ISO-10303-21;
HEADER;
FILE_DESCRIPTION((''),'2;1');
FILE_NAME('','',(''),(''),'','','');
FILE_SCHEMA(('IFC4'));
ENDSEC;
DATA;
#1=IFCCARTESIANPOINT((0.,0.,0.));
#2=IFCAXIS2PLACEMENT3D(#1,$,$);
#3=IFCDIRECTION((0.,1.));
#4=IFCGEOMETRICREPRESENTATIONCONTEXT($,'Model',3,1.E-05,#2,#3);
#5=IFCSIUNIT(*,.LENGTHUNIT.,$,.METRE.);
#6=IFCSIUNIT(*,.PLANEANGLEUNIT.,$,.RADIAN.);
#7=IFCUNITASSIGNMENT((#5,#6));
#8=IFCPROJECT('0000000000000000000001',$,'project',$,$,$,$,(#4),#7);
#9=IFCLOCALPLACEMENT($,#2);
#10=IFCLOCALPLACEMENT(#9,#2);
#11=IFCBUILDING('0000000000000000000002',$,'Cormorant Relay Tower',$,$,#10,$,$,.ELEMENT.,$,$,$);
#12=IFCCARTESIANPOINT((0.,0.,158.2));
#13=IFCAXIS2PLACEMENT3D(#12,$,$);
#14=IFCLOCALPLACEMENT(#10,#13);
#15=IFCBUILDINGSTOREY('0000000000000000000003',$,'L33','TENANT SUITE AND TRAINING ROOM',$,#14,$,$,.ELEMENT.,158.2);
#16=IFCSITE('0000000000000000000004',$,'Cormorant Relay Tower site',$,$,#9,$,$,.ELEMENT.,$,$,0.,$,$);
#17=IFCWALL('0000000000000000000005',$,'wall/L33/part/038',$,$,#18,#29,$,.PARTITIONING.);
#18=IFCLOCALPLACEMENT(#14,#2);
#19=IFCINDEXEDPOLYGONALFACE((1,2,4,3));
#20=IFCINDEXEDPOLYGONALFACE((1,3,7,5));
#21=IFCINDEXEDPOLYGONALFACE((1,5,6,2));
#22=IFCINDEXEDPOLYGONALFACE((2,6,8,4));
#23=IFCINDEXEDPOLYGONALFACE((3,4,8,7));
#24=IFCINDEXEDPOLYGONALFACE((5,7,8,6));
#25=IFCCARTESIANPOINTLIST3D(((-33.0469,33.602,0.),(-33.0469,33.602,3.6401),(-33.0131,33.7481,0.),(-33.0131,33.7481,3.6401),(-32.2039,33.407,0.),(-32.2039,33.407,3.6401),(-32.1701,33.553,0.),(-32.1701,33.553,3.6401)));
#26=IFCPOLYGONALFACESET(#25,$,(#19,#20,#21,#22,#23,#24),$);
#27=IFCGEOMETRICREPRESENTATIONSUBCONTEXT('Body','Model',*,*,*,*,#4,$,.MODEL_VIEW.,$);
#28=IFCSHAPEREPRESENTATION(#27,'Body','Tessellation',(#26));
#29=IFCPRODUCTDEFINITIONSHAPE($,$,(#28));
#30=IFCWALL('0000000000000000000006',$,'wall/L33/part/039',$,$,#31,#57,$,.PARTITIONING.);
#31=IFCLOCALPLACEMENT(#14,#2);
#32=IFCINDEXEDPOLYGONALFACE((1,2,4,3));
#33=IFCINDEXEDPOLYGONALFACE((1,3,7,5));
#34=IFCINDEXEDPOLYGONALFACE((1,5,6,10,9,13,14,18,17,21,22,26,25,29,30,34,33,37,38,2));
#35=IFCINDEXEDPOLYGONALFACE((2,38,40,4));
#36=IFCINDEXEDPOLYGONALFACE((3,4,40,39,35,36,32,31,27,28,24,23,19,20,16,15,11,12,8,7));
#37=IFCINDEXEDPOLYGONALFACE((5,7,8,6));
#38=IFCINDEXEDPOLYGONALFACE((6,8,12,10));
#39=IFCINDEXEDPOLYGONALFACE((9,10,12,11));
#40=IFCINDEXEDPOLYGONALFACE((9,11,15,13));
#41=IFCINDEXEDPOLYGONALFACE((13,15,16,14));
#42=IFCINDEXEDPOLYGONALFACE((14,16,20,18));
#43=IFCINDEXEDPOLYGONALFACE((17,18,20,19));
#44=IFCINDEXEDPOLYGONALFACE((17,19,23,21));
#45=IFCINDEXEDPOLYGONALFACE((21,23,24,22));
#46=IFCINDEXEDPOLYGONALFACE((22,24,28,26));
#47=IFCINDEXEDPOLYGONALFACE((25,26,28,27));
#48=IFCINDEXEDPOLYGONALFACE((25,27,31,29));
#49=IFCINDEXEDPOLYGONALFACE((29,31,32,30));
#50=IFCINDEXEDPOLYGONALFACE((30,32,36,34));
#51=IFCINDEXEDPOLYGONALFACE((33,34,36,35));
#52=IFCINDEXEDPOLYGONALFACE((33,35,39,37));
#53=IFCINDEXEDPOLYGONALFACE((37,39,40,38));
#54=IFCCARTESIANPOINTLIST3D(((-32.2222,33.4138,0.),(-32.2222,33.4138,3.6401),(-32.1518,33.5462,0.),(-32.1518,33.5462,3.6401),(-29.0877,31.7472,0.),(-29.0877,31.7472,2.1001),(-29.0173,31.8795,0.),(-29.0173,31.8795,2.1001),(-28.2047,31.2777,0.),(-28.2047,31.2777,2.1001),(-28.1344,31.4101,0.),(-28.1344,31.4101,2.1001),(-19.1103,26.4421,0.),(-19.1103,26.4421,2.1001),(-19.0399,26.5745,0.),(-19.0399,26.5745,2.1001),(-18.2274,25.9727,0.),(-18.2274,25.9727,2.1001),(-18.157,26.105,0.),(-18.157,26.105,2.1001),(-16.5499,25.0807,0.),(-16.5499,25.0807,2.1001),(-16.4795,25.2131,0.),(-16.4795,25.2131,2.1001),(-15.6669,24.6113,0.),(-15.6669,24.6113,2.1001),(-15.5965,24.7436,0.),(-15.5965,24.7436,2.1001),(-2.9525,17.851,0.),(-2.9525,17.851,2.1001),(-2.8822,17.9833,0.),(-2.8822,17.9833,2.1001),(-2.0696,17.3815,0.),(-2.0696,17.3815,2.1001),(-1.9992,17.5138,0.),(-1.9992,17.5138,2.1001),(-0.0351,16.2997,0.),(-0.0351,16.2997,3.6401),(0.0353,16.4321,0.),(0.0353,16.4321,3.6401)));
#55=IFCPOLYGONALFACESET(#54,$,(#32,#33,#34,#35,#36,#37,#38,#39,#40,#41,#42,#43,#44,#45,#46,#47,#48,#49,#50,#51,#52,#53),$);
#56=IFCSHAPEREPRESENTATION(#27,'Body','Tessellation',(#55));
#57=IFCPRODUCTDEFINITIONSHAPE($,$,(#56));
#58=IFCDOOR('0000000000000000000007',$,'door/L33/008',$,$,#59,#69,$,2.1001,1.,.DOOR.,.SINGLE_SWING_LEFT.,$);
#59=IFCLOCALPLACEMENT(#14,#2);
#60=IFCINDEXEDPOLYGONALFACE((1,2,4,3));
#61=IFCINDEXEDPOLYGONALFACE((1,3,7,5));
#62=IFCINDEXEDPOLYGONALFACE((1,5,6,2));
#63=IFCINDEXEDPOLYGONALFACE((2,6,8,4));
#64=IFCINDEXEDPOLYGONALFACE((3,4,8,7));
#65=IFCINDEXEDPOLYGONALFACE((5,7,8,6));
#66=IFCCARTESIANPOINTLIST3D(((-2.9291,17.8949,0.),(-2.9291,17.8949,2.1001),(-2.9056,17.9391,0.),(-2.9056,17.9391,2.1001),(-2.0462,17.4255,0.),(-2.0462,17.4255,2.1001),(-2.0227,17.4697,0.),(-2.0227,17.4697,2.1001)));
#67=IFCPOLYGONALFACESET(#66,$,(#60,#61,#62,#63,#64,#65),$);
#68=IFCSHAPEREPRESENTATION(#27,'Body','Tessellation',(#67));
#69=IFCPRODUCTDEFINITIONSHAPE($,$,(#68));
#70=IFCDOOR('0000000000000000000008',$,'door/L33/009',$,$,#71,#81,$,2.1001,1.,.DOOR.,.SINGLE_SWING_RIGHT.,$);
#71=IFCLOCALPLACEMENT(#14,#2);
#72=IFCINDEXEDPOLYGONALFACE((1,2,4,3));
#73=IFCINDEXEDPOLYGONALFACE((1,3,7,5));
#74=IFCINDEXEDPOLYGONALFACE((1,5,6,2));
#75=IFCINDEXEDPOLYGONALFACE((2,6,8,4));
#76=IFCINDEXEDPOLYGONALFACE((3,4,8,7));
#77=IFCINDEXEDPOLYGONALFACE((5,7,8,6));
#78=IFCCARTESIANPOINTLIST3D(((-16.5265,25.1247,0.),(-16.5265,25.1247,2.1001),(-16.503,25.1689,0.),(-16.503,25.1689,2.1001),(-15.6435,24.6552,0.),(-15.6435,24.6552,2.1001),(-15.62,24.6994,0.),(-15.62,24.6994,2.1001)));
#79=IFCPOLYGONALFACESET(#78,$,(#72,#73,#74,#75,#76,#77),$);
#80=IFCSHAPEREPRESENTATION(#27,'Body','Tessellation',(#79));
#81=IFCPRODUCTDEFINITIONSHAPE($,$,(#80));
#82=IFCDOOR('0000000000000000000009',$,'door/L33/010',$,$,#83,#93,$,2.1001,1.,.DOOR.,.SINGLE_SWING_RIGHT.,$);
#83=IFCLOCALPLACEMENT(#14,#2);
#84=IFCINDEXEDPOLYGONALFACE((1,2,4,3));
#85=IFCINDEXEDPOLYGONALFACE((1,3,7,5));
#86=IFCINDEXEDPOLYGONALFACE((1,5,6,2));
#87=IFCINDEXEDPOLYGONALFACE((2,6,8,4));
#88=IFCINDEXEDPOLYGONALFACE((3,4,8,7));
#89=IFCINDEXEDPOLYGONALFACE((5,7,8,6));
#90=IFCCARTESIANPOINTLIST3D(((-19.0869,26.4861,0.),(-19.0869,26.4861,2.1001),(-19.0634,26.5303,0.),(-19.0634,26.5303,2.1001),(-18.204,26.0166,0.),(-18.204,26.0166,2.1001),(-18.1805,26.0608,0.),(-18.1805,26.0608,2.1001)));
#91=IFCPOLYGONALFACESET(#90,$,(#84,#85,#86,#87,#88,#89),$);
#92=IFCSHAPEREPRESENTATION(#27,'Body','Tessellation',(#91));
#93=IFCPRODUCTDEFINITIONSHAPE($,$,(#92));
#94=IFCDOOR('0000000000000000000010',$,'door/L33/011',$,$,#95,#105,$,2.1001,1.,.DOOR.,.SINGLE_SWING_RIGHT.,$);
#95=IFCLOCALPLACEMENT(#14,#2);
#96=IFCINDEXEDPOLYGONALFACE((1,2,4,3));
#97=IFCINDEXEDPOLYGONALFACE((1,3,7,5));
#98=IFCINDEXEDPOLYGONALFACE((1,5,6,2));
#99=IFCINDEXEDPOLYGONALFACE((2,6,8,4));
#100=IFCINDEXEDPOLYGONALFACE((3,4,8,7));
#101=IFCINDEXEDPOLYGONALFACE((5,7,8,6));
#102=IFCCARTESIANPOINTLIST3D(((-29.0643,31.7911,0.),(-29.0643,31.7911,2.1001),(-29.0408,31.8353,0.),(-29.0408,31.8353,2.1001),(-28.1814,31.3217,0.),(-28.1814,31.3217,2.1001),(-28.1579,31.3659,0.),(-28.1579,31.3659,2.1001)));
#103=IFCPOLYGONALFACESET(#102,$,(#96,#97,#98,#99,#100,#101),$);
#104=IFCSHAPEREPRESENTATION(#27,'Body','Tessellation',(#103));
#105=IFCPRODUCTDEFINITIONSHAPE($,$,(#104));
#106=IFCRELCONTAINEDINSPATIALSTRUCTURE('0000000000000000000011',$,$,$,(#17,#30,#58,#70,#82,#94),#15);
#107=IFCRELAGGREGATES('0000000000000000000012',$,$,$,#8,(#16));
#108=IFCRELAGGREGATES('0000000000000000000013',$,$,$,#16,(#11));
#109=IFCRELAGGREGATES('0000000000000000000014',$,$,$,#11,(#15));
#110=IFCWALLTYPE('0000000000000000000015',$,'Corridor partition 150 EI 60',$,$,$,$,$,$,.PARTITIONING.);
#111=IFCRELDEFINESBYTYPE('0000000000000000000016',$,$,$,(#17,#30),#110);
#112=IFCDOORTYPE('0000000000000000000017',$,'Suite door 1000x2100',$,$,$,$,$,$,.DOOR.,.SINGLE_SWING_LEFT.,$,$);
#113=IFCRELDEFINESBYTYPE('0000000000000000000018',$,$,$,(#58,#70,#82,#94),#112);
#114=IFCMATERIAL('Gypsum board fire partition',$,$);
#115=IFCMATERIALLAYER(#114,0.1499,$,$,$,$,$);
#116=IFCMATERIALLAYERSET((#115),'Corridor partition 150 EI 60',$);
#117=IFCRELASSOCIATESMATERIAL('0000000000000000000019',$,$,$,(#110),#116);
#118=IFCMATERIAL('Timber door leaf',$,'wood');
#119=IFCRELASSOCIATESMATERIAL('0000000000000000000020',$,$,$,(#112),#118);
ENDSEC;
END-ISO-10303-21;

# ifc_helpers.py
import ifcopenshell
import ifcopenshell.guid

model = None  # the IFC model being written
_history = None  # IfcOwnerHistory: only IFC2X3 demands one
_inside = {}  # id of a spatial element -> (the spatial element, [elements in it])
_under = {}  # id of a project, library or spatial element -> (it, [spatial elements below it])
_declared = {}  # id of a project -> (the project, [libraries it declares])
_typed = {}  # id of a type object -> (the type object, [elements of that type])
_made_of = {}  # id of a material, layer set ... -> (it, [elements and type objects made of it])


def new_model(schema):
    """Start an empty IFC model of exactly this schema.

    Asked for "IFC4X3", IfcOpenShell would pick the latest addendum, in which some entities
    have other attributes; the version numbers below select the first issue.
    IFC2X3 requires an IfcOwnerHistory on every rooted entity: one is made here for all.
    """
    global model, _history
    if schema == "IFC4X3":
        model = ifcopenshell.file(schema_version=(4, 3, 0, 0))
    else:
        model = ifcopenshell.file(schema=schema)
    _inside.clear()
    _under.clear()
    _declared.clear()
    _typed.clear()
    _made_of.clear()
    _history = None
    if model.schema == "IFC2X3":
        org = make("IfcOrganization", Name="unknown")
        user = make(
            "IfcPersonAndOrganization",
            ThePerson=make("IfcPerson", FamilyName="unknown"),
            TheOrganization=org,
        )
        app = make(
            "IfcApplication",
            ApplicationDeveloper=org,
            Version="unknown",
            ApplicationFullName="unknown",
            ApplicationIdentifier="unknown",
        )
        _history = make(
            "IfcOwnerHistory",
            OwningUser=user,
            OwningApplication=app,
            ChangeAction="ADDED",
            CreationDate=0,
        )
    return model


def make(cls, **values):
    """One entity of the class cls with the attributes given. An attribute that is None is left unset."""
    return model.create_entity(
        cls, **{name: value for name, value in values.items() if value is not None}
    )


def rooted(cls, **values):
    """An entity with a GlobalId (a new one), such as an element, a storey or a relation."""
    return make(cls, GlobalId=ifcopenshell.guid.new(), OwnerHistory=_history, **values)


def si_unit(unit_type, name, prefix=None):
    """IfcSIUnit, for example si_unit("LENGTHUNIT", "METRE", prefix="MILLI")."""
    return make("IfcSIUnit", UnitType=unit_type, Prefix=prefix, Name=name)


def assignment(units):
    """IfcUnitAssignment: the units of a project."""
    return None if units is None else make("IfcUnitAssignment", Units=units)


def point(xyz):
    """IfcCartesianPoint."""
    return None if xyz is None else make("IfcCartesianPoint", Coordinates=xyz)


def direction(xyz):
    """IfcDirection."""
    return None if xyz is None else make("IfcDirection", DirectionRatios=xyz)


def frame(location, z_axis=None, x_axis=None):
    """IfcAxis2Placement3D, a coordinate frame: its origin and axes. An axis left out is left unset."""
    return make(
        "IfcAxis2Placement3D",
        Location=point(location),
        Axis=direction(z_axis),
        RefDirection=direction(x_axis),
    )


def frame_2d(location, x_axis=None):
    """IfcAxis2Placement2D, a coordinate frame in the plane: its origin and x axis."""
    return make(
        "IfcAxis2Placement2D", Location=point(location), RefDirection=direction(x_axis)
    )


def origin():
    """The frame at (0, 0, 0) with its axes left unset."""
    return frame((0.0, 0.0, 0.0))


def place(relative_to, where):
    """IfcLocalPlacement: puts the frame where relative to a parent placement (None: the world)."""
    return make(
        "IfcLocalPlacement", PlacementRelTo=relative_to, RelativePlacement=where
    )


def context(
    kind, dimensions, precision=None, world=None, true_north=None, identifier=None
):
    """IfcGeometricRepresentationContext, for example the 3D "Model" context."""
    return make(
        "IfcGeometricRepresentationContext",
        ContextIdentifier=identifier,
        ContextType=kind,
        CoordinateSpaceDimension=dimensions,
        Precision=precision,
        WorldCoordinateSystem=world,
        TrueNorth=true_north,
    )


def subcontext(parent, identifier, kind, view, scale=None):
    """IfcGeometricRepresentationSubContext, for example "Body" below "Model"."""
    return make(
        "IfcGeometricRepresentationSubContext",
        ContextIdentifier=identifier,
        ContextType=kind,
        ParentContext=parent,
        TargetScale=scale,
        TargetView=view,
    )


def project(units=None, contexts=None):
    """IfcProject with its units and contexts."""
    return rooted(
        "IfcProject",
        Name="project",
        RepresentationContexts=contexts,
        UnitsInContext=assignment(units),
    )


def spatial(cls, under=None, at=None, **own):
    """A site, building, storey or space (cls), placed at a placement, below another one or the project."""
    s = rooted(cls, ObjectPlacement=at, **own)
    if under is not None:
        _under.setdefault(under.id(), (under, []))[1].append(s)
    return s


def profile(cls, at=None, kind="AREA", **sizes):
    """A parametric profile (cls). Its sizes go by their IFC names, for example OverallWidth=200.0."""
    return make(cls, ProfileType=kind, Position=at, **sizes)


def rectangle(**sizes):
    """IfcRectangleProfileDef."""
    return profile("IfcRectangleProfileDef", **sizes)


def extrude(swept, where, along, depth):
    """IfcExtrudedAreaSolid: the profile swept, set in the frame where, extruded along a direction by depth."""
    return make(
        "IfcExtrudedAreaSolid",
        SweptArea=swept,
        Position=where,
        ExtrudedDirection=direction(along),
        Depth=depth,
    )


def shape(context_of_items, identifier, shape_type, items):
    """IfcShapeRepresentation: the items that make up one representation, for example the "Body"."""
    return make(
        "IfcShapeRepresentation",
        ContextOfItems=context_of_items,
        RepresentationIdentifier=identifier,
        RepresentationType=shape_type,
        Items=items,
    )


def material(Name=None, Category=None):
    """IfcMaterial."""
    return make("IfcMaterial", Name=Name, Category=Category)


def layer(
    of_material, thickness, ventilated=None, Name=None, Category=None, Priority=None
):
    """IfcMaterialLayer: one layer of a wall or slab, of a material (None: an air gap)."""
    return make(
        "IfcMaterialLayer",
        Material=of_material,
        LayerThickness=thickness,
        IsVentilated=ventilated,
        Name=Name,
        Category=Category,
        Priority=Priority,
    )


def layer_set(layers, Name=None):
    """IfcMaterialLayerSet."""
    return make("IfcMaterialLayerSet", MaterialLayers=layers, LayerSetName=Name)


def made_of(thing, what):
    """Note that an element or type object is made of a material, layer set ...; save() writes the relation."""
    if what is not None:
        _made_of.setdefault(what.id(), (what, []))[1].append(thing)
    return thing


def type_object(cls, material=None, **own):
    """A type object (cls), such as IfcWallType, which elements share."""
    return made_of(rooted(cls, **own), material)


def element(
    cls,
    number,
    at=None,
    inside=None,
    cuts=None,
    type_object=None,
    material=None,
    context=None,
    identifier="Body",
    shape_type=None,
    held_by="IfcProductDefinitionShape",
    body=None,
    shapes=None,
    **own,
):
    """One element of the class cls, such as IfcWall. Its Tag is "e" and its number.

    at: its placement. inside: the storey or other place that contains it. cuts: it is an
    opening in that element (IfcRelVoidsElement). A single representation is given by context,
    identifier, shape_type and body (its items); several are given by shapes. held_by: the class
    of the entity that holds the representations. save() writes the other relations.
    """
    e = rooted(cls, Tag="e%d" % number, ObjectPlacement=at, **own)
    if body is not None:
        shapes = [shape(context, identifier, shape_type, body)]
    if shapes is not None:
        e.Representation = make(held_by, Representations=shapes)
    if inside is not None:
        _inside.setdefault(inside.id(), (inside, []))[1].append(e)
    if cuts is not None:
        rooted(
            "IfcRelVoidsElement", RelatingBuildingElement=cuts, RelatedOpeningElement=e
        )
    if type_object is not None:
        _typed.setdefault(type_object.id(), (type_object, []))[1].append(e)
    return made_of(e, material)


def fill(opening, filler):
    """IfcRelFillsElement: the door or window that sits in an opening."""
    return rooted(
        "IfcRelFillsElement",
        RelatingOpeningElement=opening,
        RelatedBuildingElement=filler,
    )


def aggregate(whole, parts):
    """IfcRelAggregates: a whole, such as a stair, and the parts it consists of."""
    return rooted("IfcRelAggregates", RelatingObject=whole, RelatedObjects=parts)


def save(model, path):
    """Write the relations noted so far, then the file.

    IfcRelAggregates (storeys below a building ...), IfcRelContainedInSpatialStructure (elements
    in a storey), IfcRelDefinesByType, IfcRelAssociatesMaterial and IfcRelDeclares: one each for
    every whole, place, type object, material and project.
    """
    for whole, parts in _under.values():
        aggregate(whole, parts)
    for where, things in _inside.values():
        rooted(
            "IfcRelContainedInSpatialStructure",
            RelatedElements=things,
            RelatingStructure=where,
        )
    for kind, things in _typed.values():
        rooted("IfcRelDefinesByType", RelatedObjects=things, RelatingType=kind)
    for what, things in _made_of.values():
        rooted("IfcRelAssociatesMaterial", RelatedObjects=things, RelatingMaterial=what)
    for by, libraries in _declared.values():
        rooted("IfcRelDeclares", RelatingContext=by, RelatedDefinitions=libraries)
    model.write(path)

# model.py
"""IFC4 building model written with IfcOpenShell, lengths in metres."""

from ifc_helpers import new_model, si_unit, direction, frame, frame_2d, origin, place, context, subcontext, project, spatial, rectangle, extrude, material, layer, layer_set, type_object, element, fill, save


model = new_model("IFC4")

# Units and contexts
model_context = context("Model", 3, precision=1e-05, world=origin(), true_north=direction((0.0, 1.0)))
body_context = subcontext(model_context, "Body", "Model", "MODEL_VIEW")
ifc_project = project(units=[si_unit("LENGTHUNIT", "METRE"), si_unit("PLANEANGLEUNIT", "RADIAN")], contexts=[model_context])

# Site, building, storey
site_placement = place(None, origin())
site = spatial("IfcSite", under=ifc_project, at=site_placement, Name="Cormorant Relay Tower site", CompositionType="ELEMENT", RefElevation=0.0)
building_placement = place(site_placement, origin())
building = spatial("IfcBuilding", under=site, at=building_placement, Name="Cormorant Relay Tower", CompositionType="ELEMENT")
storey_placement = place(building_placement, frame((0.0, 0.0, 158.2)))
storey = spatial("IfcBuildingStorey", under=building, at=storey_placement, Name="L33", Description="TENANT SUITE AND TRAINING ROOM", CompositionType="ELEMENT", Elevation=158.2)

# Shared definitions
ifc_material_1 = material(Name="Gypsum board fire partition")
ifc_layer_1 = layer(ifc_material_1, 0.1499)
ifc_layer_set_1 = layer_set([ifc_layer_1], Name="Corridor partition 150 EI 60")
wall_type_1 = type_object("IfcWallType", Name="Corridor partition 150 EI 60", PredefinedType="PARTITIONING", material=ifc_layer_set_1)

# Shared definitions
ifc_material_2 = material(Name="Timber door leaf", Category="wood")
door_type_1 = type_object("IfcDoorType", Name="Suite door 1000x2100", OperationType="SINGLE_SWING_LEFT", PredefinedType="DOOR", material=ifc_material_2)

# Wall
wall_1_placement = place(storey_placement, frame((-32.187, 33.48, 0.0), z_axis=(0.0, 0.0, 1.0), x_axis=(-0.974258, 0.225436, 0.0)))
element("IfcWall", 1, at=wall_1_placement, inside=storey, type_object=wall_type_1, Name="wall/L33/part/038", PredefinedType="PARTITIONING", context=body_context, shape_type="SweptSolid", body=[
    extrude(rectangle(XDim=0.8652, YDim=0.1499, at=frame_2d((0.4326, 0.0))), origin(), (0.0, 0.0, 1.0), 3.6401),
])

# Wall, openings, doors
wall_2_placement = place(storey_placement, frame((-32.187, 33.48, 0.0), z_axis=(0.0, 0.0, 1.0), x_axis=(0.882949, -0.469469, 0.0)))
wall_2 = element("IfcWall", 2, at=wall_2_placement, inside=storey, type_object=wall_type_1, Name="wall/L33/part/039", PredefinedType="PARTITIONING", context=body_context, shape_type="SweptSolid", body=[
    extrude(rectangle(XDim=36.4541, YDim=0.1499, at=frame_2d((18.2271, 0.0))), origin(), (0.0, 0.0, 1.0), 3.6401),
])
opening_1_placement = place(wall_2_placement, frame((33.1499, 0.0, 0.0)))
opening_1 = element("IfcOpeningElement", 3, at=opening_1_placement, cuts=wall_2, PredefinedType="OPENING", context=body_context, shape_type="SweptSolid", body=[
    extrude(rectangle(XDim=1.0, YDim=2.1001, at=frame_2d((0.5, 1.05))), frame((0.0, 0.085, 0.0), z_axis=(0.0, -1.0, 0.0), x_axis=(1.0, 0.0, 0.0)), (0.0, 0.0, 1.0), 0.1699),
])
opening_2_placement = place(wall_2_placement, frame((17.75, 0.0, 0.0)))
opening_2 = element("IfcOpeningElement", 4, at=opening_2_placement, cuts=wall_2, PredefinedType="OPENING", context=body_context, shape_type="SweptSolid", body=[
    extrude(rectangle(XDim=1.0, YDim=2.1001, at=frame_2d((0.5, 1.05))), frame((0.0, 0.085, 0.0), z_axis=(0.0, -1.0, 0.0), x_axis=(1.0, 0.0, 0.0)), (0.0, 0.0, 1.0), 0.1699),
])
opening_3_placement = place(wall_2_placement, frame((14.8501, 0.0, 0.0)))
opening_3 = element("IfcOpeningElement", 5, at=opening_3_placement, cuts=wall_2, PredefinedType="OPENING", context=body_context, shape_type="SweptSolid", body=[
    extrude(rectangle(XDim=1.0, YDim=2.1001, at=frame_2d((0.5, 1.05))), frame((0.0, 0.085, 0.0), z_axis=(0.0, -1.0, 0.0), x_axis=(1.0, 0.0, 0.0)), (0.0, 0.0, 1.0), 0.1699),
])
opening_4_placement = place(wall_2_placement, frame((3.55, 0.0, 0.0)))
opening_4 = element("IfcOpeningElement", 6, at=opening_4_placement, cuts=wall_2, PredefinedType="OPENING", context=body_context, shape_type="SweptSolid", body=[
    extrude(rectangle(XDim=1.0, YDim=2.1001, at=frame_2d((0.5, 1.05))), frame((0.0, 0.085, 0.0), z_axis=(0.0, -1.0, 0.0), x_axis=(1.0, 0.0, 0.0)), (0.0, 0.0, 1.0), 0.1699),
])
door_1_placement = place(opening_1_placement, origin())
door_1 = element("IfcDoor", 7, at=door_1_placement, inside=storey, type_object=door_type_1, Name="door/L33/008", OperationType="SINGLE_SWING_LEFT", OverallHeight=2.1001, OverallWidth=1.0, PredefinedType="DOOR", context=body_context, shape_type="SweptSolid", body=[
    extrude(rectangle(XDim=1.0, YDim=2.1001, at=frame_2d((0.5, 1.05))), frame((0.0, 0.0249, 0.0), z_axis=(0.0, -1.0, 0.0), x_axis=(1.0, 0.0, 0.0)), (0.0, 0.0, 1.0), 0.05),
])
fill(opening_1, door_1)
door_2_placement = place(opening_2_placement, origin())
door_2 = element("IfcDoor", 8, at=door_2_placement, inside=storey, type_object=door_type_1, Name="door/L33/009", OperationType="SINGLE_SWING_RIGHT", OverallHeight=2.1001, OverallWidth=1.0, PredefinedType="DOOR", context=body_context, shape_type="SweptSolid", body=[
    extrude(rectangle(XDim=1.0, YDim=2.1001, at=frame_2d((0.5, 1.05))), frame((0.0, 0.0249, 0.0), z_axis=(0.0, -1.0, 0.0), x_axis=(1.0, 0.0, 0.0)), (0.0, 0.0, 1.0), 0.05),
])
fill(opening_2, door_2)
door_3_placement = place(opening_3_placement, origin())
door_3 = element("IfcDoor", 9, at=door_3_placement, inside=storey, type_object=door_type_1, Name="door/L33/010", OperationType="SINGLE_SWING_RIGHT", OverallHeight=2.1001, OverallWidth=1.0, PredefinedType="DOOR", context=body_context, shape_type="SweptSolid", body=[
    extrude(rectangle(XDim=1.0, YDim=2.1001, at=frame_2d((0.5, 1.05))), frame((0.0, 0.0249, 0.0), z_axis=(0.0, -1.0, 0.0), x_axis=(1.0, 0.0, 0.0)), (0.0, 0.0, 1.0), 0.05),
])
fill(opening_3, door_3)
door_4_placement = place(opening_4_placement, origin())
door_4 = element("IfcDoor", 10, at=door_4_placement, inside=storey, type_object=door_type_1, Name="door/L33/011", OperationType="SINGLE_SWING_RIGHT", OverallHeight=2.1001, OverallWidth=1.0, PredefinedType="DOOR", context=body_context, shape_type="SweptSolid", body=[
    extrude(rectangle(XDim=1.0, YDim=2.1001, at=frame_2d((0.5, 1.05))), frame((0.0, 0.0249, 0.0), z_axis=(0.0, -1.0, 0.0), x_axis=(1.0, 0.0, 0.0)), (0.0, 0.0, 1.0), 0.05),
])
fill(opening_4, door_4)

save(model, "model.ifc")
